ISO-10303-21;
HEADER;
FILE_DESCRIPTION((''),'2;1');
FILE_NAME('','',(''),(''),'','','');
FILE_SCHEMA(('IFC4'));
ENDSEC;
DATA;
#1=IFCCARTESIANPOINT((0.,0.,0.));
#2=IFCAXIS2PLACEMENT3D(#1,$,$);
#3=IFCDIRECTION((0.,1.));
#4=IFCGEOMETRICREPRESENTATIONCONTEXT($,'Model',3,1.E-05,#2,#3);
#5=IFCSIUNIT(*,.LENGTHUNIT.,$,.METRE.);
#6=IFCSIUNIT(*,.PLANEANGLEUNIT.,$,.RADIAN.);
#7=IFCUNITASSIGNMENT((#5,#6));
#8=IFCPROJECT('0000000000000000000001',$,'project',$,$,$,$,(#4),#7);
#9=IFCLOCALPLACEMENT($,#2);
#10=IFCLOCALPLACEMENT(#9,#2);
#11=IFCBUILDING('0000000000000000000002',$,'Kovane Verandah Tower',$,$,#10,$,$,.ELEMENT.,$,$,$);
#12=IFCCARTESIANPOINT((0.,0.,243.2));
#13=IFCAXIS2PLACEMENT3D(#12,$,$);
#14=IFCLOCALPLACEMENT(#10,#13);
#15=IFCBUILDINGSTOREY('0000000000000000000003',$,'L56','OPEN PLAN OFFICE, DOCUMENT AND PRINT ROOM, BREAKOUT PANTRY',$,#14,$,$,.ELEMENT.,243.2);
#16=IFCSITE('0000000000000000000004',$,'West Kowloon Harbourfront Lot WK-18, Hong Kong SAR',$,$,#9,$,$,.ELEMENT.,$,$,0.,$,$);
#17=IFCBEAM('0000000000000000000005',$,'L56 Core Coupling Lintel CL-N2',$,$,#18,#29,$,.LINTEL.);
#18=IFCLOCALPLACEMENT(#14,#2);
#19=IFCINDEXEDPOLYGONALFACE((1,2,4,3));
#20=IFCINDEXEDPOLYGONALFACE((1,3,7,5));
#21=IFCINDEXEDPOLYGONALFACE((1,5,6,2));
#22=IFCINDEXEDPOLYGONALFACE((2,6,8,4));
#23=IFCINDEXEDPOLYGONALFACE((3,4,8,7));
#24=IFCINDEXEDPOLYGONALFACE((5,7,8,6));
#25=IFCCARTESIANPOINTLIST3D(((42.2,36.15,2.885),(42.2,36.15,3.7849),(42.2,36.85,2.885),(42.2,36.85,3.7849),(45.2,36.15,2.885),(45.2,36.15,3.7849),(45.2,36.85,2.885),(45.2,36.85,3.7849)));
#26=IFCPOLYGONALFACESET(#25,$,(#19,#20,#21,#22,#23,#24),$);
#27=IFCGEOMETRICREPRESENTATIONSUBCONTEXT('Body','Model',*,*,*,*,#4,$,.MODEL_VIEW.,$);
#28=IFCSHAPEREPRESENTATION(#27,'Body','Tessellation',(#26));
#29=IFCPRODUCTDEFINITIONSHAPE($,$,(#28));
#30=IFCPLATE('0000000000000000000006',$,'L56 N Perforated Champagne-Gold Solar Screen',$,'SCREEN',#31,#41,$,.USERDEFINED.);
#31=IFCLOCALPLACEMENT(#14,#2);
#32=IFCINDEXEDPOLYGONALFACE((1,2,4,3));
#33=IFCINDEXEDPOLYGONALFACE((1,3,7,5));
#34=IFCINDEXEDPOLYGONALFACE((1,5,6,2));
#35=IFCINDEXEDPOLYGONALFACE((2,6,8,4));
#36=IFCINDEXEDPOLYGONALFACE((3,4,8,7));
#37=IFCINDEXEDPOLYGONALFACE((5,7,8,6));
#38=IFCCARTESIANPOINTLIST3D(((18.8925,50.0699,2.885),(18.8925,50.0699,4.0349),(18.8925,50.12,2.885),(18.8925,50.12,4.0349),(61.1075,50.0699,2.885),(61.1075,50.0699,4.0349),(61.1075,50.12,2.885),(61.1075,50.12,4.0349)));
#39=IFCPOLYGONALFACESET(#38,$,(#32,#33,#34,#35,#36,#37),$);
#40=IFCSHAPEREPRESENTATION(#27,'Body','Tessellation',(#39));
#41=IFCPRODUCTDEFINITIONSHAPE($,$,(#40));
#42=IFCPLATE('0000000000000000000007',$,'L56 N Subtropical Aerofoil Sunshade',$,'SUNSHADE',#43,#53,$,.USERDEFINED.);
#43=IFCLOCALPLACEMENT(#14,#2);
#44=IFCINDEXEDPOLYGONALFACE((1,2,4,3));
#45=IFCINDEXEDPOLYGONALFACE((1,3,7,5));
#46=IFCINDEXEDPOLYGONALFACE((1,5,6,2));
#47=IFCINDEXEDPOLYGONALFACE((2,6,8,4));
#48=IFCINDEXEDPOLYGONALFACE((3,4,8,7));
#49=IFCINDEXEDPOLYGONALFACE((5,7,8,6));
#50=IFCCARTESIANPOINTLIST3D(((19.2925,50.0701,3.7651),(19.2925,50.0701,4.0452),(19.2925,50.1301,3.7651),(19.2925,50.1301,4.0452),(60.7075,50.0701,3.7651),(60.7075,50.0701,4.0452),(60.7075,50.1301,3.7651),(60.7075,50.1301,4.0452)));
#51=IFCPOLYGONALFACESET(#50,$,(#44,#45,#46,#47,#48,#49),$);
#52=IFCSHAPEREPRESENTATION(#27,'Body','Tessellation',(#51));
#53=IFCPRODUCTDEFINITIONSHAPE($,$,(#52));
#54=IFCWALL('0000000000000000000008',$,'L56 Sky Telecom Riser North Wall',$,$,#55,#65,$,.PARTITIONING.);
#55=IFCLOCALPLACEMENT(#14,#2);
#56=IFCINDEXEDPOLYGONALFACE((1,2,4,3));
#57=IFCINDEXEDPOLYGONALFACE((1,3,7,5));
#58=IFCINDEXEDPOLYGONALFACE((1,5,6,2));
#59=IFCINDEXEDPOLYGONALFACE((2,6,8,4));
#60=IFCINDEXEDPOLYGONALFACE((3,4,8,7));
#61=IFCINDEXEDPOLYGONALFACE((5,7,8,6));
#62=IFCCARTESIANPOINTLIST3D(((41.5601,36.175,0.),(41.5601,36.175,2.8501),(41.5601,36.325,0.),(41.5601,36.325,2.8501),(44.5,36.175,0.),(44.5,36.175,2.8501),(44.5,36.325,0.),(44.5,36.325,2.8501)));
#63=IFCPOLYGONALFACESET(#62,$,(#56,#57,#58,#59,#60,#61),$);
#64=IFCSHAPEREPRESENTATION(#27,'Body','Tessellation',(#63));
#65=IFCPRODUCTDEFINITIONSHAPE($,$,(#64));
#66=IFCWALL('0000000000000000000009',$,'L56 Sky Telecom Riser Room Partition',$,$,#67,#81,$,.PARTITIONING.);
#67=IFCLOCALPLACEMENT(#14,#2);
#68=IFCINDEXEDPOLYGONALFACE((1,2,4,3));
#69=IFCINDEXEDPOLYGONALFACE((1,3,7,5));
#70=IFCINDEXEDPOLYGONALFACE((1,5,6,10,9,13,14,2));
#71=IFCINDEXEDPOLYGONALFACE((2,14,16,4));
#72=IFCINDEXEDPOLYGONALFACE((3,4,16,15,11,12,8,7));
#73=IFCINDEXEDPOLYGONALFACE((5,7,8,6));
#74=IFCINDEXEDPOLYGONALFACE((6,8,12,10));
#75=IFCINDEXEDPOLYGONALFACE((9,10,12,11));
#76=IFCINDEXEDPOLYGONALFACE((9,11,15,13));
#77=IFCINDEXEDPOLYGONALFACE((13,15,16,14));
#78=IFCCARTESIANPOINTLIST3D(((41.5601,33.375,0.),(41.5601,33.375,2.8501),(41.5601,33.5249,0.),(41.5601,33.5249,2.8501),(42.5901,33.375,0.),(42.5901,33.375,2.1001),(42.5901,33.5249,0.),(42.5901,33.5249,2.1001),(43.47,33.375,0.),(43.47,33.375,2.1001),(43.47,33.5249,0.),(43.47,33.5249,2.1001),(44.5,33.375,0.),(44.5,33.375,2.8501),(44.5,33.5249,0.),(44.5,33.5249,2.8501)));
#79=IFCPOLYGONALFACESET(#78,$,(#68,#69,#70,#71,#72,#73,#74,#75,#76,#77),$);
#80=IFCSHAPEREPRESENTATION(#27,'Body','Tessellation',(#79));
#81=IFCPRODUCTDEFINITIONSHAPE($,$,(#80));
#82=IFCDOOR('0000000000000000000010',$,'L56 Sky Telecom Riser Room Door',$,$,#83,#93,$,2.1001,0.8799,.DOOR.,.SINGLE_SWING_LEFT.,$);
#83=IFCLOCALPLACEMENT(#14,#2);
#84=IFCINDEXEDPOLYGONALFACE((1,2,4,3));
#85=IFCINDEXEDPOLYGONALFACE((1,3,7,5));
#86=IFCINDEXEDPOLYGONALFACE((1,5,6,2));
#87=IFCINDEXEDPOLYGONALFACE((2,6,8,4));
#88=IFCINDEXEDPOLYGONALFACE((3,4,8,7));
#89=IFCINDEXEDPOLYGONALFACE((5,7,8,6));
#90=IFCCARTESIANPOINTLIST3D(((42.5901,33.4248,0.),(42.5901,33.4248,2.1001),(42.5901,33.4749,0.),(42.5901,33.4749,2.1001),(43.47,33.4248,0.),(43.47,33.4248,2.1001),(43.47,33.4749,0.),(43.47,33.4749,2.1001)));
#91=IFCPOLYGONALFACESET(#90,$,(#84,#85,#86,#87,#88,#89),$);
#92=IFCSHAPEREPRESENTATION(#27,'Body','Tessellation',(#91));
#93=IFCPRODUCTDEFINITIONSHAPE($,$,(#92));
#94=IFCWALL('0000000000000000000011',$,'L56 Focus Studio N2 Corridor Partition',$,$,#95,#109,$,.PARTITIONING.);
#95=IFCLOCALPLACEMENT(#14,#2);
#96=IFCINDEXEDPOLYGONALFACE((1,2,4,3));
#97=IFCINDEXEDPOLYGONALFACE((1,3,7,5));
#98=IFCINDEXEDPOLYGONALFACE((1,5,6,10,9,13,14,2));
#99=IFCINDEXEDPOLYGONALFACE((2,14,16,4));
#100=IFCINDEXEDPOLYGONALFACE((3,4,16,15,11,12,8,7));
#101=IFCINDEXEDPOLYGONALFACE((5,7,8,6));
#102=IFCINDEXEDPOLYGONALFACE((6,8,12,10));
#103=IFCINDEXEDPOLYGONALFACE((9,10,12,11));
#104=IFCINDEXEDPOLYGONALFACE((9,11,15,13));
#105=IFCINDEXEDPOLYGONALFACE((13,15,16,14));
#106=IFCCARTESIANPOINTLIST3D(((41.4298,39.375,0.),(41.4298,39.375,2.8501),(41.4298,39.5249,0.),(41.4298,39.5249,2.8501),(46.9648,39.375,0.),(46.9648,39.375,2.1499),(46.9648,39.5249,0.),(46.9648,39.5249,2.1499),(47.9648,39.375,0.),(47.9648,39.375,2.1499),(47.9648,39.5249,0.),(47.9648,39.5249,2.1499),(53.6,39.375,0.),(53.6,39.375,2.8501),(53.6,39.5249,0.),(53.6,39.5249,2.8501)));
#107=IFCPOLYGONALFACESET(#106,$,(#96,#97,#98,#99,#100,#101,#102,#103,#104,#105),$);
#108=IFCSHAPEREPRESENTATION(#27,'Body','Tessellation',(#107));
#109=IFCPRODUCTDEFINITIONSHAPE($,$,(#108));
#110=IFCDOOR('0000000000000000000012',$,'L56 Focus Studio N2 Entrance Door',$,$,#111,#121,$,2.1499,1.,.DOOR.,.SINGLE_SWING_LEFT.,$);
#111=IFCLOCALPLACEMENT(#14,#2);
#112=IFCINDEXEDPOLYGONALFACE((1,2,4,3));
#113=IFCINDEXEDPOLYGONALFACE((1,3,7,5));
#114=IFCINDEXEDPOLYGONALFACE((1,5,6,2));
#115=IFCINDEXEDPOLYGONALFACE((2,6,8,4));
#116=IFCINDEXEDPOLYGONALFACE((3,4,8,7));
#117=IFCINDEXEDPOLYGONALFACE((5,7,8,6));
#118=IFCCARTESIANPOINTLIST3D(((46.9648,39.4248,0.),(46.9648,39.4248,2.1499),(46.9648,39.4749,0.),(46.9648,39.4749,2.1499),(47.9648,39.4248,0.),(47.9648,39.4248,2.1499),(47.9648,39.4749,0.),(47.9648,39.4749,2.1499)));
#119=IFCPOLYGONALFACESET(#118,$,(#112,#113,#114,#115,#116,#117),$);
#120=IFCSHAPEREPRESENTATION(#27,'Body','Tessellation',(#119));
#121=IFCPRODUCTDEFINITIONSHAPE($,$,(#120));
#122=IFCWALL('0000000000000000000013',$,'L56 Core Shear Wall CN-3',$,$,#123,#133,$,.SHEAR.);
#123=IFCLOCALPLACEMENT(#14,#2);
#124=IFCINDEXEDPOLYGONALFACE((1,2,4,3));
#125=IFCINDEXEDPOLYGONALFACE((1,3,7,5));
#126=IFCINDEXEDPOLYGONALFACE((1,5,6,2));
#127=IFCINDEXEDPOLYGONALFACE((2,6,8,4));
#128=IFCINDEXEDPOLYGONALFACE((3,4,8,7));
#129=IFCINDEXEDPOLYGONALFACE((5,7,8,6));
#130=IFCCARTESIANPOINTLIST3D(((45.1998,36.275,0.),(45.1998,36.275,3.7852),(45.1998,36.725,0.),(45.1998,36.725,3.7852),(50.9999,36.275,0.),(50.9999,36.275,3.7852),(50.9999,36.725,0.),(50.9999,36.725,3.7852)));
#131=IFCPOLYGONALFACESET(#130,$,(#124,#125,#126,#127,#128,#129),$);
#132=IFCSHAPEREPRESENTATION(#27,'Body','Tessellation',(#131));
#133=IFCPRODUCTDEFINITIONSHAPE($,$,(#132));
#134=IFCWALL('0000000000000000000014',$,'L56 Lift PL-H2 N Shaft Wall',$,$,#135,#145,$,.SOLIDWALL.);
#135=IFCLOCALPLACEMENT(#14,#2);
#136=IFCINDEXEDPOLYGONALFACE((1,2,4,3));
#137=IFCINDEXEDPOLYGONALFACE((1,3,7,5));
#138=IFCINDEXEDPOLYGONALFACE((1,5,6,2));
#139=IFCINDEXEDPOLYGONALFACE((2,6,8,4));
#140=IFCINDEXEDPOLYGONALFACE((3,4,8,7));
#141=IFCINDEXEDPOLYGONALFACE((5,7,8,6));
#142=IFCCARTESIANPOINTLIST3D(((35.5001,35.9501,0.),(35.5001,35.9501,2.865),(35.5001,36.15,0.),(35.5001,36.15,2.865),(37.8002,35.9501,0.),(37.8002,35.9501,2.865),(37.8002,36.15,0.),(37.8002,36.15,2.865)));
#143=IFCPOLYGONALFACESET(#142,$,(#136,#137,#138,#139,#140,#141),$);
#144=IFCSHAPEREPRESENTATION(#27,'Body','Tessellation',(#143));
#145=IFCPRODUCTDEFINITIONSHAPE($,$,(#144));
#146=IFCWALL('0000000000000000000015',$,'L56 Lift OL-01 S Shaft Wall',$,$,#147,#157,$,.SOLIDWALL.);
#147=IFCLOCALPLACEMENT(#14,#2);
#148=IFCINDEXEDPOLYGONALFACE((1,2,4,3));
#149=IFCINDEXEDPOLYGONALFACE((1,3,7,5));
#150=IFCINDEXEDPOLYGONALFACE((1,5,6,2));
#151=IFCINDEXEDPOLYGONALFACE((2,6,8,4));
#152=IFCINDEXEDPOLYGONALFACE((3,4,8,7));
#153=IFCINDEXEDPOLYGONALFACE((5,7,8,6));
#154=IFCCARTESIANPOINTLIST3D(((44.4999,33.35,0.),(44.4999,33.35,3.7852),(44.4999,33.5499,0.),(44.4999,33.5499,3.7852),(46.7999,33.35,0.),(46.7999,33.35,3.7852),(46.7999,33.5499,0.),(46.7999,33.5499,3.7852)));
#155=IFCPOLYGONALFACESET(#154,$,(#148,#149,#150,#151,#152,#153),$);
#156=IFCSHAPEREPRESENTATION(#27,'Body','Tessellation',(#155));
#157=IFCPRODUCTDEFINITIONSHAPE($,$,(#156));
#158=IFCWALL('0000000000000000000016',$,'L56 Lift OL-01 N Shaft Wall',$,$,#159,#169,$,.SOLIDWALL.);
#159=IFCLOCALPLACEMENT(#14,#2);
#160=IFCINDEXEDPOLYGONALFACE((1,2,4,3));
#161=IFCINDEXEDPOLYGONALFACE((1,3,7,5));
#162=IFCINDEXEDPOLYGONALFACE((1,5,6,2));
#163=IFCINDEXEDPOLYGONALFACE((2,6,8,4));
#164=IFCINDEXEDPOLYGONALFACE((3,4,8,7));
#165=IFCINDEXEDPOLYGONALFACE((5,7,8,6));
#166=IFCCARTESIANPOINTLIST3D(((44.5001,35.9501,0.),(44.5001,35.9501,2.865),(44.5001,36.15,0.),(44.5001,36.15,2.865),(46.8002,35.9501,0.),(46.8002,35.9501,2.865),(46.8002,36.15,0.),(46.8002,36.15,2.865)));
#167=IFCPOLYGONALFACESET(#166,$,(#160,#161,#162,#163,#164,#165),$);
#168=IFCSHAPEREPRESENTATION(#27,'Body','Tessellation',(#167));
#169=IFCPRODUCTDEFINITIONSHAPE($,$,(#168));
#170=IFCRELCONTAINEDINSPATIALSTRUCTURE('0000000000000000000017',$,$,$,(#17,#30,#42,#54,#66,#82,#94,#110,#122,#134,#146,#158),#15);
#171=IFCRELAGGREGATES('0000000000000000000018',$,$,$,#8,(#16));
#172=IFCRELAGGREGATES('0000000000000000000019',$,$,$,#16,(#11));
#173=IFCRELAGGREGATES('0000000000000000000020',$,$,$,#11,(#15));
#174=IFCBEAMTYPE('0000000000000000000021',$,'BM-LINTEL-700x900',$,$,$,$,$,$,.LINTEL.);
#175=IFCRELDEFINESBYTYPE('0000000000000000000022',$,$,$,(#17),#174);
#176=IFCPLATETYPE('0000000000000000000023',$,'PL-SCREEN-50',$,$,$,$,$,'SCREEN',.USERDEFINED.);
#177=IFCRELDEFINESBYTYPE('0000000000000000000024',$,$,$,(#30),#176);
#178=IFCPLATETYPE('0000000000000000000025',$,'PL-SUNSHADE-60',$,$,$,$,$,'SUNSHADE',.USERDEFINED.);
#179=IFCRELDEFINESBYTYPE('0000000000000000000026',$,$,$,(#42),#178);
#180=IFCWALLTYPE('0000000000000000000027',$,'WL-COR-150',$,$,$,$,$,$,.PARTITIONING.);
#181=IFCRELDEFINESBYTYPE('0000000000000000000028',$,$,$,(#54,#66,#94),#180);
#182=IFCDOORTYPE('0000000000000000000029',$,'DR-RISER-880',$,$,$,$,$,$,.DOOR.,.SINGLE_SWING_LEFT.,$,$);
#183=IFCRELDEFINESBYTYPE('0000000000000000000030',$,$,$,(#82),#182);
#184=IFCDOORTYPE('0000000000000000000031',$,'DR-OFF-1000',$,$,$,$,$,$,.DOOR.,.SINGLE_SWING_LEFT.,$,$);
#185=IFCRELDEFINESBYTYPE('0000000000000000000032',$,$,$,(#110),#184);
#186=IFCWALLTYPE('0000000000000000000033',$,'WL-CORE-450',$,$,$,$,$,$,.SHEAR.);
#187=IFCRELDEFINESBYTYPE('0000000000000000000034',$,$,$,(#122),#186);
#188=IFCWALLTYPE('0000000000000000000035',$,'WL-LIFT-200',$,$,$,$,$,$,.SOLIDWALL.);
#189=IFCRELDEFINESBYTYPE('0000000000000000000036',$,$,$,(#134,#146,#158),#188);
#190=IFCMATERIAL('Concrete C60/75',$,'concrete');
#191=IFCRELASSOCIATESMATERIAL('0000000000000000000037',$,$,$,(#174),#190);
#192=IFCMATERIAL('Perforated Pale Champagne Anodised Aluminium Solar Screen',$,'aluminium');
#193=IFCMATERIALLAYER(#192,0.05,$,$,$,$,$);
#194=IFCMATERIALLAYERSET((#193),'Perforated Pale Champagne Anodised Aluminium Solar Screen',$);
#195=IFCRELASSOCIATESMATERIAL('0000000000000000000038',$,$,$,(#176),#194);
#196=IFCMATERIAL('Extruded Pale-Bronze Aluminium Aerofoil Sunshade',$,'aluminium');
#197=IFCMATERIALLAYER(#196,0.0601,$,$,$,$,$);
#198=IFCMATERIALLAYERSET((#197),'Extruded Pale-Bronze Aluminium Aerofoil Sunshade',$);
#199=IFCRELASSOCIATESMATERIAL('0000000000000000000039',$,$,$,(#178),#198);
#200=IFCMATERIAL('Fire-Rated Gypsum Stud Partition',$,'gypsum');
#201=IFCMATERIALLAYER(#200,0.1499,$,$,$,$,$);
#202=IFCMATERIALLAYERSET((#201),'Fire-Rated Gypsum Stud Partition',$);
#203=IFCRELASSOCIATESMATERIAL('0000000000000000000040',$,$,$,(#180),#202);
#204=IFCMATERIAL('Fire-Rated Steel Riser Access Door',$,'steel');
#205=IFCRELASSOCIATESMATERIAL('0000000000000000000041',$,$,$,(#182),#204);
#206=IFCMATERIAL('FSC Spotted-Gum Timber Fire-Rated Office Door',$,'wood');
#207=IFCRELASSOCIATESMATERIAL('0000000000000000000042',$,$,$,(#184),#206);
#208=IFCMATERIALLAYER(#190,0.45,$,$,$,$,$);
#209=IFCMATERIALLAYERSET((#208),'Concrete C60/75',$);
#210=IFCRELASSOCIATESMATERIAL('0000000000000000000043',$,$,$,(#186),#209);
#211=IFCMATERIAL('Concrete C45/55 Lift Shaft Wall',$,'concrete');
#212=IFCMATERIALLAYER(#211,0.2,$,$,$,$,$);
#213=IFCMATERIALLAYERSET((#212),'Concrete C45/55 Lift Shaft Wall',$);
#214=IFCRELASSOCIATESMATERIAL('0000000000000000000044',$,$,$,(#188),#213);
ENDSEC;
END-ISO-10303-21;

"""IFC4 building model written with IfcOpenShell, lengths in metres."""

from ifc_helpers import new_model, si_unit, direction, frame, frame_2d, origin, origin_2d, place, context, subcontext, project, spatial, rectangle, extrude, material, layer, layer_set, material_profile, profile_set, type_object, element, fill, save


model = new_model("IFC4")

# Units and contexts
model_context = context("Model", 3, precision=1e-05, world=origin(), true_north=direction((0.0, 1.0)))
body_context = subcontext(model_context, "Body", "Model", "MODEL_VIEW")
ifc_project = project(units=[si_unit("LENGTHUNIT", "METRE"), si_unit("PLANEANGLEUNIT", "RADIAN")], contexts=[model_context])

# Site, building, storey
site_placement = place(None, origin())
site = spatial("IfcSite", under=ifc_project, at=site_placement, Name="West Kowloon Harbourfront Lot WK-18, Hong Kong SAR", CompositionType="ELEMENT", RefElevation=0.0)
building_placement = place(site_placement, origin())
building = spatial("IfcBuilding", under=site, at=building_placement, Name="Kovane Verandah Tower", CompositionType="ELEMENT")
storey_placement = place(building_placement, frame((0.0, 0.0, 243.2)))
storey = spatial("IfcBuildingStorey", under=building, at=storey_placement, Name="L56", Description="OPEN PLAN OFFICE, DOCUMENT AND PRINT ROOM, BREAKOUT PANTRY", CompositionType="ELEMENT", Elevation=243.2)

# Beam
ifc_material_1 = material(Name="Concrete C60/75", Category="concrete")
ifc_material_profile = material_profile(ifc_material_1, rectangle(XDim=0.7, YDim=0.8999, at=origin_2d()), Name="RCB700x900")
ifc_profile_set = profile_set([ifc_material_profile], Name="Concrete C60/75")
beam_type = type_object("IfcBeamType", Name="BM-LINTEL-700x900", PredefinedType="LINTEL", material=ifc_profile_set)
beam_placement = place(storey_placement, frame((42.2, 36.5, 3.335), z_axis=(1.0, 0.0, 0.0), x_axis=(0.0, 1.0, 0.0)))
element("IfcBeam", 1, at=beam_placement, inside=storey, type_object=beam_type, Name="L56 Core Coupling Lintel CL-N2", PredefinedType="LINTEL", context=body_context, shape_type="SweptSolid", body=[
    extrude(rectangle(XDim=0.7, YDim=0.8999, at=origin_2d()), origin(), (0.0, 0.0, 1.0), 3.0),
])

# Plates
ifc_material_2 = material(Name="Perforated Pale Champagne Anodised Aluminium Solar Screen", Category="aluminium")
ifc_layer_1 = layer(ifc_material_2, 0.05)
ifc_layer_set_1 = layer_set([ifc_layer_1], Name="Perforated Pale Champagne Anodised Aluminium Solar Screen")
plate_type_1 = type_object("IfcPlateType", Name="PL-SCREEN-50", ElementType="SCREEN", PredefinedType="USERDEFINED", material=ifc_layer_set_1)
plate_1_placement = place(storey_placement, frame((40.0, 50.095, 2.885), z_axis=(0.0, 0.0, 1.0), x_axis=(-1.0, 0.0, 0.0)))
element("IfcPlate", 2, at=plate_1_placement, inside=storey, type_object=plate_type_1, Name="L56 N Perforated Champagne-Gold Solar Screen", ObjectType="SCREEN", PredefinedType="USERDEFINED", context=body_context, shape_type="SweptSolid", body=[
    extrude(rectangle(XDim=42.2151, YDim=0.05, at=origin_2d()), origin(), (0.0, 0.0, 1.0), 1.1499),
])
ifc_material_3 = material(Name="Extruded Pale-Bronze Aluminium Aerofoil Sunshade", Category="aluminium")
ifc_layer_2 = layer(ifc_material_3, 0.0601)
ifc_layer_set_2 = layer_set([ifc_layer_2], Name="Extruded Pale-Bronze Aluminium Aerofoil Sunshade")
plate_type_2 = type_object("IfcPlateType", Name="PL-SUNSHADE-60", ElementType="SUNSHADE", PredefinedType="USERDEFINED", material=ifc_layer_set_2)
plate_2_placement = place(storey_placement, frame((40.0, 50.1001, 3.7651), z_axis=(0.0, 0.0, 1.0), x_axis=(-1.0, 0.0, 0.0)))
element("IfcPlate", 3, at=plate_2_placement, inside=storey, type_object=plate_type_2, Name="L56 N Subtropical Aerofoil Sunshade", ObjectType="SUNSHADE", PredefinedType="USERDEFINED", context=body_context, shape_type="SweptSolid", body=[
    extrude(rectangle(XDim=41.415, YDim=0.0601, at=origin_2d()), origin(), (0.0, 0.0, 1.0), 0.28),
])

# Wall
ifc_material_4 = material(Name="Fire-Rated Gypsum Stud Partition", Category="gypsum")
ifc_layer_3 = layer(ifc_material_4, 0.1499)
ifc_layer_set_3 = layer_set([ifc_layer_3], Name="Fire-Rated Gypsum Stud Partition")
wall_type_1 = type_object("IfcWallType", Name="WL-COR-150", PredefinedType="PARTITIONING", material=ifc_layer_set_3)
wall_1_placement = place(storey_placement, frame((41.5601, 36.25, 0.0), z_axis=(0.0, 0.0, 1.0), x_axis=(1.0, 0.0, 0.0)))
element("IfcWall", 4, at=wall_1_placement, inside=storey, type_object=wall_type_1, Name="L56 Sky Telecom Riser North Wall", PredefinedType="PARTITIONING", context=body_context, shape_type="SweptSolid", body=[
    extrude(rectangle(XDim=2.9399, YDim=0.1499, at=frame_2d((1.47, 0.0))), origin(), (0.0, 0.0, 1.0), 2.8501),
])

# Walls, openings, doors
wall_2_placement = place(storey_placement, frame((41.5601, 33.45, 0.0), z_axis=(0.0, 0.0, 1.0), x_axis=(1.0, 0.0, 0.0)))
wall_2 = element("IfcWall", 5, at=wall_2_placement, inside=storey, type_object=wall_type_1, Name="L56 Sky Telecom Riser Room Partition", PredefinedType="PARTITIONING", context=body_context, shape_type="SweptSolid", body=[
    extrude(rectangle(XDim=2.9399, YDim=0.1499, at=frame_2d((1.47, 0.0))), origin(), (0.0, 0.0, 1.0), 2.8501),
])
opening_1_placement = place(wall_2_placement, frame((1.03, 0.0, 0.0)))
opening_1 = element("IfcOpeningElement", 6, at=opening_1_placement, cuts=wall_2, PredefinedType="OPENING", context=body_context, shape_type="SweptSolid", body=[
    extrude(rectangle(XDim=0.8799, YDim=2.1001, at=frame_2d((0.4399, 1.05))), frame((0.0, 0.075, 0.0), z_axis=(0.0, -1.0, 0.0), x_axis=(1.0, 0.0, 0.0)), (0.0, 0.0, 1.0), 0.1499),
])
ifc_material_5 = material(Name="Fire-Rated Steel Riser Access Door", Category="steel")
door_type_1 = type_object("IfcDoorType", Name="DR-RISER-880", OperationType="SINGLE_SWING_LEFT", PredefinedType="DOOR", material=ifc_material_5)
door_1_placement = place(opening_1_placement, origin())
door_1 = element("IfcDoor", 7, at=door_1_placement, inside=storey, type_object=door_type_1, Name="L56 Sky Telecom Riser Room Door", OperationType="SINGLE_SWING_LEFT", OverallHeight=2.1001, OverallWidth=0.8799, PredefinedType="DOOR", context=body_context, shape_type="SweptSolid", body=[
    extrude(rectangle(XDim=0.8799, YDim=2.1001, at=frame_2d((0.4399, 1.05))), frame((0.0, 0.0249, 0.0), z_axis=(0.0, -1.0, 0.0), x_axis=(1.0, 0.0, 0.0)), (0.0, 0.0, 1.0), 0.05),
])
fill(opening_1, door_1)
wall_3_placement = place(storey_placement, frame((41.4299, 39.45, 0.0), z_axis=(0.0, 0.0, 1.0), x_axis=(1.0, 0.0, 0.0)))
wall_3 = element("IfcWall", 8, at=wall_3_placement, inside=storey, type_object=wall_type_1, Name="L56 Focus Studio N2 Corridor Partition", PredefinedType="PARTITIONING", context=body_context, shape_type="SweptSolid", body=[
    extrude(rectangle(XDim=12.1702, YDim=0.1499, at=frame_2d((6.085, 0.0))), origin(), (0.0, 0.0, 1.0), 2.8501),
])
opening_2_placement = place(wall_3_placement, frame((5.5349, 0.0, 0.0)))
opening_2 = element("IfcOpeningElement", 9, at=opening_2_placement, cuts=wall_3, PredefinedType="OPENING", context=body_context, shape_type="SweptSolid", body=[
    extrude(rectangle(XDim=1.0, YDim=2.1499, at=frame_2d((0.5, 1.075))), frame((0.0, 0.075, 0.0), z_axis=(0.0, -1.0, 0.0), x_axis=(1.0, 0.0, 0.0)), (0.0, 0.0, 1.0), 0.1499),
])
ifc_material_6 = material(Name="FSC Spotted-Gum Timber Fire-Rated Office Door", Category="wood")
door_type_2 = type_object("IfcDoorType", Name="DR-OFF-1000", OperationType="SINGLE_SWING_LEFT", PredefinedType="DOOR", material=ifc_material_6)
door_2_placement = place(opening_2_placement, origin())
door_2 = element("IfcDoor", 10, at=door_2_placement, inside=storey, type_object=door_type_2, Name="L56 Focus Studio N2 Entrance Door", OperationType="SINGLE_SWING_LEFT", OverallHeight=2.1499, OverallWidth=1.0, PredefinedType="DOOR", context=body_context, shape_type="SweptSolid", body=[
    extrude(rectangle(XDim=1.0, YDim=2.1499, at=frame_2d((0.5, 1.075))), frame((0.0, 0.0249, 0.0), z_axis=(0.0, -1.0, 0.0), x_axis=(1.0, 0.0, 0.0)), (0.0, 0.0, 1.0), 0.05),
])
fill(opening_2, door_2)
ifc_layer_4 = layer(ifc_material_1, 0.45)
ifc_layer_set_4 = layer_set([ifc_layer_4], Name="Concrete C60/75")
wall_type_2 = type_object("IfcWallType", Name="WL-CORE-450", PredefinedType="SHEAR", material=ifc_layer_set_4)

# Walls
wall_4_placement = place(storey_placement, frame((45.2, 36.5, 0.0), z_axis=(0.0, 0.0, 1.0), x_axis=(1.0, 0.0, 0.0)))
element("IfcWall", 11, at=wall_4_placement, inside=storey, type_object=wall_type_2, Name="L56 Core Shear Wall CN-3", PredefinedType="SHEAR", context=body_context, shape_type="SweptSolid", body=[
    extrude(rectangle(XDim=5.8, YDim=0.45, at=frame_2d((2.8999, 0.0))), origin(), (0.0, 0.0, 1.0), 3.7852),
])
ifc_material_7 = material(Name="Concrete C45/55 Lift Shaft Wall", Category="concrete")
ifc_layer_5 = layer(ifc_material_7, 0.2)
ifc_layer_set_5 = layer_set([ifc_layer_5], Name="Concrete C45/55 Lift Shaft Wall")
wall_type_3 = type_object("IfcWallType", Name="WL-LIFT-200", PredefinedType="SOLIDWALL", material=ifc_layer_set_5)
wall_5_placement = place(storey_placement, frame((37.8, 36.05, 0.0), z_axis=(0.0, 0.0, 1.0), x_axis=(-1.0, 0.0, 0.0)))
element("IfcWall", 12, at=wall_5_placement, inside=storey, type_object=wall_type_3, Name="L56 Lift PL-H2 N Shaft Wall", PredefinedType="SOLIDWALL", context=body_context, shape_type="SweptSolid", body=[
    extrude(rectangle(XDim=2.3, YDim=0.2, at=frame_2d((1.1499, 0.0))), origin(), (0.0, 0.0, 1.0), 2.865),
])
wall_6_placement = place(storey_placement, frame((44.5, 33.45, 0.0), z_axis=(0.0, 0.0, 1.0), x_axis=(1.0, 0.0, 0.0)))
element("IfcWall", 13, at=wall_6_placement, inside=storey, type_object=wall_type_3, Name="L56 Lift OL-01 S Shaft Wall", PredefinedType="SOLIDWALL", context=body_context, shape_type="SweptSolid", body=[
    extrude(rectangle(XDim=2.3, YDim=0.2, at=frame_2d((1.1499, 0.0))), origin(), (0.0, 0.0, 1.0), 3.7852),
])
wall_7_placement = place(storey_placement, frame((46.8, 36.05, 0.0), z_axis=(0.0, 0.0, 1.0), x_axis=(-1.0, 0.0, 0.0)))
element("IfcWall", 14, at=wall_7_placement, inside=storey, type_object=wall_type_3, Name="L56 Lift OL-01 N Shaft Wall", PredefinedType="SOLIDWALL", context=body_context, shape_type="SweptSolid", body=[
    extrude(rectangle(XDim=2.3, YDim=0.2, at=frame_2d((1.1499, 0.0))), origin(), (0.0, 0.0, 1.0), 2.865),
])

save(model, "model.ifc")
